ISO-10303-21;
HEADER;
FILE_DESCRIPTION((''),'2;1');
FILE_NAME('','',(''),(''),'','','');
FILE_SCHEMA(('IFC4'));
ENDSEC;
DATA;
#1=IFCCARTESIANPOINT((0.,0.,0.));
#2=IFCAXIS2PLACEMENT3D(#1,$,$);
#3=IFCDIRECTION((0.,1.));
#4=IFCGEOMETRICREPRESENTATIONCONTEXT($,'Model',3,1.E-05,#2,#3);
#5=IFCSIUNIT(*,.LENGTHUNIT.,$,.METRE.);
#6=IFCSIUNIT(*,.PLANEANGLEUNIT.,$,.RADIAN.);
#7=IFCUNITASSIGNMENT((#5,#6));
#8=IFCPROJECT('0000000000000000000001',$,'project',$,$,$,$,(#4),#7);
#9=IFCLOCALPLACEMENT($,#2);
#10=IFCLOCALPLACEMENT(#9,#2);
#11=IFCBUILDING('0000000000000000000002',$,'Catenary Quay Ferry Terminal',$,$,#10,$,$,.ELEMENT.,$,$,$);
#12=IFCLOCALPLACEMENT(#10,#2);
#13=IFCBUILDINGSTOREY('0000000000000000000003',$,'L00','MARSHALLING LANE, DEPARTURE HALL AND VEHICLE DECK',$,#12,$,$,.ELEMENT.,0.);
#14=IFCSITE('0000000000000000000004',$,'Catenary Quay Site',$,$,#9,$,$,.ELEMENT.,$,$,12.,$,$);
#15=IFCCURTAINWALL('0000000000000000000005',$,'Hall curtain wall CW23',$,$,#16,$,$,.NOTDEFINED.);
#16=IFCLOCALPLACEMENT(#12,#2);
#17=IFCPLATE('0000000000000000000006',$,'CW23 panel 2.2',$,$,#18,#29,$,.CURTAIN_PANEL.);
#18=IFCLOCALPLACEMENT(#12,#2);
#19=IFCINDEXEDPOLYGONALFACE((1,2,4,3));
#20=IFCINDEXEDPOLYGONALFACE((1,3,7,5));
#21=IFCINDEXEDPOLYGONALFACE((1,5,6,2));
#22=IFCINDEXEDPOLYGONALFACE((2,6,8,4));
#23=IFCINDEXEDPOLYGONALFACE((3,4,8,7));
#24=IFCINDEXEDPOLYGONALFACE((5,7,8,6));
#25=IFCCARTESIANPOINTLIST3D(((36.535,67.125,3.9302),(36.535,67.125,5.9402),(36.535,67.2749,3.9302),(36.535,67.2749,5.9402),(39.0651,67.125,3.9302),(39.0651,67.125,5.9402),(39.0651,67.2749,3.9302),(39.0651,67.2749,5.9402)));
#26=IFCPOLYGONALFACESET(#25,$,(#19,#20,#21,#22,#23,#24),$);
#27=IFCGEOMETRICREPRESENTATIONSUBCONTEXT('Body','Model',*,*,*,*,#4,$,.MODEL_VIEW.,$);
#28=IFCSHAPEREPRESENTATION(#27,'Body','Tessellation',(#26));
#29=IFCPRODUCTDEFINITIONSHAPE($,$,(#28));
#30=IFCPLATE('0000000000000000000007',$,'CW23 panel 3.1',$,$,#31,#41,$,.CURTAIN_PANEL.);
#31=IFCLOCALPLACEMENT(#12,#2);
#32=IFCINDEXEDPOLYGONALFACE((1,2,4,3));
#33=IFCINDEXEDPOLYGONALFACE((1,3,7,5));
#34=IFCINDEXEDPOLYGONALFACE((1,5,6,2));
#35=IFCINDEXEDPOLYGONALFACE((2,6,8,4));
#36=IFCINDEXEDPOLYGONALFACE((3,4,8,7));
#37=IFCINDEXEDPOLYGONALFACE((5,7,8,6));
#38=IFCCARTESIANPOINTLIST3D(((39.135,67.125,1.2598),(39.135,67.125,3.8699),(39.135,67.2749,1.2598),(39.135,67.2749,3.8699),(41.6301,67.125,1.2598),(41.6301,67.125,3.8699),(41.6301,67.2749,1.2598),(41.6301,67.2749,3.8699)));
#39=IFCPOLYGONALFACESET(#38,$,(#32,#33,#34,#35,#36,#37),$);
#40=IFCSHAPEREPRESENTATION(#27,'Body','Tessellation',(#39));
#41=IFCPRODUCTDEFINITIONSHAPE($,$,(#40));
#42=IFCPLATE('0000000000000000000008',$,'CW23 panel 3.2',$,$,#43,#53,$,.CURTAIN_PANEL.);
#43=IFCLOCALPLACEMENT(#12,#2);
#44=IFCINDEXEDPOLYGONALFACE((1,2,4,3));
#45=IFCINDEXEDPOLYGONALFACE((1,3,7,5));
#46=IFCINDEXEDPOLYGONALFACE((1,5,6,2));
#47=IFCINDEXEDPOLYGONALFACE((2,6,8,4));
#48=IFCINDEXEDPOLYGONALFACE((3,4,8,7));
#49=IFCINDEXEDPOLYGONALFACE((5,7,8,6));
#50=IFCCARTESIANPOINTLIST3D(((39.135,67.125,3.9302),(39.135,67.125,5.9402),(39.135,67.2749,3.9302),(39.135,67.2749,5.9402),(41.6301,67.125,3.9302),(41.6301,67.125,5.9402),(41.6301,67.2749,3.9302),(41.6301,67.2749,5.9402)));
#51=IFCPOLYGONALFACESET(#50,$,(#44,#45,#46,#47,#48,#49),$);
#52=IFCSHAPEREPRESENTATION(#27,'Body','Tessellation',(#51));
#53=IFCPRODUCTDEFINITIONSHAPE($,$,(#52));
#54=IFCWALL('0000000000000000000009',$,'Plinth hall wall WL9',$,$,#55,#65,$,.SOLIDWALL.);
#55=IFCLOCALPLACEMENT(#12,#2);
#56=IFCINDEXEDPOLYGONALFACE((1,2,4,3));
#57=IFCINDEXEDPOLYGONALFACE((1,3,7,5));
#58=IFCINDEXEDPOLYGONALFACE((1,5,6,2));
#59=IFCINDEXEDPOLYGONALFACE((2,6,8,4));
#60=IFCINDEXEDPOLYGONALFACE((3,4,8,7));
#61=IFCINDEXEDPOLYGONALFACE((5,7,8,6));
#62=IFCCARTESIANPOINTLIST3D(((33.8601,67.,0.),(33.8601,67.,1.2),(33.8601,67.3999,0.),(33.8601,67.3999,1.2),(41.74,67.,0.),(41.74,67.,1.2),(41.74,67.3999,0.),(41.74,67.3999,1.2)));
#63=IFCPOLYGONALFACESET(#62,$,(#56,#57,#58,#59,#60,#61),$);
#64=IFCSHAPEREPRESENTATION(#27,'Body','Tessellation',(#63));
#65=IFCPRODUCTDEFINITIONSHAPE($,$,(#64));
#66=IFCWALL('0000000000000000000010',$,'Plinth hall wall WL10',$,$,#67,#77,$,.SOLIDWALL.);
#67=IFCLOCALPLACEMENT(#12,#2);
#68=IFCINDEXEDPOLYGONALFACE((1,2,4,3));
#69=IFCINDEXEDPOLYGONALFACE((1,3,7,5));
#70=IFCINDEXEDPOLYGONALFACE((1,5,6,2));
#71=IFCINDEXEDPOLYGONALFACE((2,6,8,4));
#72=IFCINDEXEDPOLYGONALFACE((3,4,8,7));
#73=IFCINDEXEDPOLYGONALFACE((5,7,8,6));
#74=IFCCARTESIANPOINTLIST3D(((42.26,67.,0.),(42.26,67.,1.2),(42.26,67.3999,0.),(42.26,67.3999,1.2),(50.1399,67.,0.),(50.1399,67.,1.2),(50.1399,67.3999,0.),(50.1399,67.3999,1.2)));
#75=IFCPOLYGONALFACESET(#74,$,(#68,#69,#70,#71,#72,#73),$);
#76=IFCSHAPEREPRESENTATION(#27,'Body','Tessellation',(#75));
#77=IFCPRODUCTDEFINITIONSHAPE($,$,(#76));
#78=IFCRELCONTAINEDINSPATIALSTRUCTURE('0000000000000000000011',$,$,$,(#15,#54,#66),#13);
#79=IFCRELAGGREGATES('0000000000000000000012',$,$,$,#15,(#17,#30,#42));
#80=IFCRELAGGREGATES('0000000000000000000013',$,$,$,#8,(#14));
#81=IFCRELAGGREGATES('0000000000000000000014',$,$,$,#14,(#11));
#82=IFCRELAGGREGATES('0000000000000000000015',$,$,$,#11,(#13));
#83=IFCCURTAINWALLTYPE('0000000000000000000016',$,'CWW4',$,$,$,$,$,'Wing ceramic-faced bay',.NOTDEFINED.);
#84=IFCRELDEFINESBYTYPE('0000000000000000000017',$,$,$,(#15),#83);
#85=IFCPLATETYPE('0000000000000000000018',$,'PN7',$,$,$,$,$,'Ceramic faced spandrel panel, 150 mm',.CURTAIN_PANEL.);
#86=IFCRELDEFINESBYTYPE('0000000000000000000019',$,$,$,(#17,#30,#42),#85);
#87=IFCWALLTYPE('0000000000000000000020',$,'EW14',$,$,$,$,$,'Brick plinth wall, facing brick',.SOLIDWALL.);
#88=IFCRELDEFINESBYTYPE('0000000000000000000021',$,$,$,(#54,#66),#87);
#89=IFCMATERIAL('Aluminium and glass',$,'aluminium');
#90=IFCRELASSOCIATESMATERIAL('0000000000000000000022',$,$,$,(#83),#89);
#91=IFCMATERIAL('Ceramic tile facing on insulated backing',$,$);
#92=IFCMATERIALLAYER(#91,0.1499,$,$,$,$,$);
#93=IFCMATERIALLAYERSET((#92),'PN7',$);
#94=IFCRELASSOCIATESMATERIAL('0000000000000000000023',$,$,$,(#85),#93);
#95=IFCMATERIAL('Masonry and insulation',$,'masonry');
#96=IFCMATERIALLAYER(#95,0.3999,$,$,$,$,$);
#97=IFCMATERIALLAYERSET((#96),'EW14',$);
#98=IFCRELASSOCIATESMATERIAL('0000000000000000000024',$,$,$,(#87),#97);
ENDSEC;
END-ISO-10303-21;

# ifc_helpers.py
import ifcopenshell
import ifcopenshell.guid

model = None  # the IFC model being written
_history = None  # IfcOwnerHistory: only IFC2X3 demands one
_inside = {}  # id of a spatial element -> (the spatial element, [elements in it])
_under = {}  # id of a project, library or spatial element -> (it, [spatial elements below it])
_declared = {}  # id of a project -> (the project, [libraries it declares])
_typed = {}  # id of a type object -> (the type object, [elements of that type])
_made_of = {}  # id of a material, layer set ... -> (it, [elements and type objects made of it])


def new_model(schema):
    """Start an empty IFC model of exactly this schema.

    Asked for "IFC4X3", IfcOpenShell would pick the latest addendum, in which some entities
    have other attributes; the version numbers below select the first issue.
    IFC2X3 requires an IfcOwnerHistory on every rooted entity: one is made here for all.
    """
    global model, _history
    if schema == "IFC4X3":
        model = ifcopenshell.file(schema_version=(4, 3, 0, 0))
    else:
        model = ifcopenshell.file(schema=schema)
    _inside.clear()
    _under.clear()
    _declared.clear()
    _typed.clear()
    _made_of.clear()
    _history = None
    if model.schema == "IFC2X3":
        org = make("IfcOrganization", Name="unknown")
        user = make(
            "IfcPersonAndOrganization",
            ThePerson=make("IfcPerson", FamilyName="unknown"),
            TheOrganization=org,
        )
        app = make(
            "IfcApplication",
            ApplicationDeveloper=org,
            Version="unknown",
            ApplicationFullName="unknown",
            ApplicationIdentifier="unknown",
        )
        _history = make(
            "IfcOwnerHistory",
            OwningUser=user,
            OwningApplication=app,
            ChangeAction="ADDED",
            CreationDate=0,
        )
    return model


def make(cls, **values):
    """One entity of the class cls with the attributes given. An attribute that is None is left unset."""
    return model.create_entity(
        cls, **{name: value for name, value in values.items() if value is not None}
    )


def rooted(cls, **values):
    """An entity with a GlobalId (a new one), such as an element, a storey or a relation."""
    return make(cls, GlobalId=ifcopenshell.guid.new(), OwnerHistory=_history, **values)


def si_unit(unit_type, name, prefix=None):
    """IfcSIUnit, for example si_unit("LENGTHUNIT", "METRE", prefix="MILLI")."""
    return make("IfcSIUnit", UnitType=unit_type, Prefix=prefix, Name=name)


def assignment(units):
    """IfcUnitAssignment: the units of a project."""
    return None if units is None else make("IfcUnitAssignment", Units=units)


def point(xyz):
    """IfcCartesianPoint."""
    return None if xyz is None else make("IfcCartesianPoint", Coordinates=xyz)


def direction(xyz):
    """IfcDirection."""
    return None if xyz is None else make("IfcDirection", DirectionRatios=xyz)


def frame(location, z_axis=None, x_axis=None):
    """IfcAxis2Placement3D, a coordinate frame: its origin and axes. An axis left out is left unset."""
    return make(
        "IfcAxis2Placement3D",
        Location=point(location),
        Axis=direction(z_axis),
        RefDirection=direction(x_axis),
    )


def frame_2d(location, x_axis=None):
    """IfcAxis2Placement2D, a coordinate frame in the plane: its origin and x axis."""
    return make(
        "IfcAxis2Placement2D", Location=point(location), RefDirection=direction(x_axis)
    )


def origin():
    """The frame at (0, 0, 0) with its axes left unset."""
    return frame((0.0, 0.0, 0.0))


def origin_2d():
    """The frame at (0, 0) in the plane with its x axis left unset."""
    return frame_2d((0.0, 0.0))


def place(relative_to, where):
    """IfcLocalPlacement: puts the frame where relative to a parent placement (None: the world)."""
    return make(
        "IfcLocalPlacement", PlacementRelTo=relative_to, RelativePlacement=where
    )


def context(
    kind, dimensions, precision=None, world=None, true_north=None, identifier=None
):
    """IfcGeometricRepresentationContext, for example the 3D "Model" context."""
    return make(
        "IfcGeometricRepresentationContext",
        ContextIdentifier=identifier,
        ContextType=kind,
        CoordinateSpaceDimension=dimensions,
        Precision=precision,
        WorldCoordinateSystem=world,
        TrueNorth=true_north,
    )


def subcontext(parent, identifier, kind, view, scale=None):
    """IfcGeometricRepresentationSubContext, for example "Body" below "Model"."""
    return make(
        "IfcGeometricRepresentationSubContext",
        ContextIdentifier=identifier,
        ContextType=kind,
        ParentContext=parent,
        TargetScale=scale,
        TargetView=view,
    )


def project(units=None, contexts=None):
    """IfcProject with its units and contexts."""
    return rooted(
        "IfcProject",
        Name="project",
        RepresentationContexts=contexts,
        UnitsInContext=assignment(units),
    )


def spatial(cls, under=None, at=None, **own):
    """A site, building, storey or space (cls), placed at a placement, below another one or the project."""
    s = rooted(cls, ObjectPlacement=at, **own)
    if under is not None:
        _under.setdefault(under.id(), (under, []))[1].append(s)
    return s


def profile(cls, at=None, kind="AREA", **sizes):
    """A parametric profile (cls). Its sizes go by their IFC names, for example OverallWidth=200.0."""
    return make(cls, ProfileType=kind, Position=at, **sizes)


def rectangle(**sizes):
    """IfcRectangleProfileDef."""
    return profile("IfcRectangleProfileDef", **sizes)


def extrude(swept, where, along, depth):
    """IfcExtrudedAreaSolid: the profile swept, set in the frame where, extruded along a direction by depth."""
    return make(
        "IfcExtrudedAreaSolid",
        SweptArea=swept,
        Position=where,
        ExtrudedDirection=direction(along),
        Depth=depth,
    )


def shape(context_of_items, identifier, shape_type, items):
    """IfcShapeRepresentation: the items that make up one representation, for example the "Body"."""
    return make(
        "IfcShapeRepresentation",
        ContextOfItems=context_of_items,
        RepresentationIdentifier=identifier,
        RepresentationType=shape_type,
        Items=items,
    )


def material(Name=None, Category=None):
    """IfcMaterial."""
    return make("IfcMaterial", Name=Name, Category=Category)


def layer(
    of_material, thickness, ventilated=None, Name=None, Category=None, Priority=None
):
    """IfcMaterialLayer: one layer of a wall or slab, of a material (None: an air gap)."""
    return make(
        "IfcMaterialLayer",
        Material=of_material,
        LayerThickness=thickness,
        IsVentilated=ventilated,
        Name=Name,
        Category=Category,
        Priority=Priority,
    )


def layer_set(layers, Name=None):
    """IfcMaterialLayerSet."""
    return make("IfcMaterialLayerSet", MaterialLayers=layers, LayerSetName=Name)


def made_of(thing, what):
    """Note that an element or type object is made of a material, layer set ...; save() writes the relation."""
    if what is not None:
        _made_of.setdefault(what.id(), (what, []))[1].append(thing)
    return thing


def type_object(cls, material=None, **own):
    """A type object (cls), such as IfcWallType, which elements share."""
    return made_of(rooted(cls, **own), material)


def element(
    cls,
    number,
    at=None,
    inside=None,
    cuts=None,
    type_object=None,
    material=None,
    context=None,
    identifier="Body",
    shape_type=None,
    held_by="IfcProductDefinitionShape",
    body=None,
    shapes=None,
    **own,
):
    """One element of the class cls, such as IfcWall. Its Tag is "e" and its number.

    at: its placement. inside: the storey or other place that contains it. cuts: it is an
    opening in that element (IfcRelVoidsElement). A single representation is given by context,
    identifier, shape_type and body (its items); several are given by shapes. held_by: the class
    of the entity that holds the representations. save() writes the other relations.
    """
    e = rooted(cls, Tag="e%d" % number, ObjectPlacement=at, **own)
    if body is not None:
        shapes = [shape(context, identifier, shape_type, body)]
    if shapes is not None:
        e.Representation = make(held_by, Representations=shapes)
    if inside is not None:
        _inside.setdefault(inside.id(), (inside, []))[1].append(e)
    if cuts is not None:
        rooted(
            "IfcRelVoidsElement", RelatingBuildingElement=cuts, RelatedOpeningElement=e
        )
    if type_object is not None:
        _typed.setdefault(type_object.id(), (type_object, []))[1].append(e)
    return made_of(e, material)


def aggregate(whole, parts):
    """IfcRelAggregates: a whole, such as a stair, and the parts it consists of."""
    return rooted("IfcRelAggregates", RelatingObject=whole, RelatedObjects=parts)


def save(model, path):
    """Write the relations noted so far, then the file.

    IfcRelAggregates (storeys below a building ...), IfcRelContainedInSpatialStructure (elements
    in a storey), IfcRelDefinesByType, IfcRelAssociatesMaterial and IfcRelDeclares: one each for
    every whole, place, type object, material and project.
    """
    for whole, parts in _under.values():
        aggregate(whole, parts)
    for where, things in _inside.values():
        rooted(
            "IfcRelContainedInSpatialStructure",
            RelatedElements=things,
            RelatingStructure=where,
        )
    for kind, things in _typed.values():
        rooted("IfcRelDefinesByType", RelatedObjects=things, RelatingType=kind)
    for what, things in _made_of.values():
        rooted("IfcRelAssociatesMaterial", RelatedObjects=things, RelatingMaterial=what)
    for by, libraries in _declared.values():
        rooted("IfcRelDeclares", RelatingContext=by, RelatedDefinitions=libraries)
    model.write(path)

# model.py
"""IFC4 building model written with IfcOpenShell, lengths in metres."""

from ifc_helpers import new_model, si_unit, direction, frame, frame_2d, origin, origin_2d, place, context, subcontext, project, spatial, rectangle, extrude, material, layer, layer_set, type_object, element, aggregate, save


model = new_model("IFC4")

# Units and contexts
model_context = context("Model", 3, precision=1e-05, world=origin(), true_north=direction((0.0, 1.0)))
body_context = subcontext(model_context, "Body", "Model", "MODEL_VIEW")
ifc_project = project(units=[si_unit("LENGTHUNIT", "METRE"), si_unit("PLANEANGLEUNIT", "RADIAN")], contexts=[model_context])

# Site, building, storey
site_placement = place(None, origin())
site = spatial("IfcSite", under=ifc_project, at=site_placement, Name="Catenary Quay Site", CompositionType="ELEMENT", RefElevation=12.0)
building_placement = place(site_placement, origin())
building = spatial("IfcBuilding", under=site, at=building_placement, Name="Catenary Quay Ferry Terminal", CompositionType="ELEMENT")
storey_placement = place(building_placement, origin())
storey = spatial("IfcBuildingStorey", under=building, at=storey_placement, Name="L00", Description="MARSHALLING LANE, DEPARTURE HALL AND VEHICLE DECK", CompositionType="ELEMENT", Elevation=0.0)

# Curtain wall
ifc_material_1 = material(Name="Aluminium and glass", Category="aluminium")
curtain_wall_type = type_object("IfcCurtainWallType", Name="CWW4", ElementType="Wing ceramic-faced bay", PredefinedType="NOTDEFINED", material=ifc_material_1)
curtain_wall_1_placement = place(storey_placement, origin())
curtain_wall_1 = element("IfcCurtainWall", 1, at=curtain_wall_1_placement, inside=storey, type_object=curtain_wall_type, Name="Hall curtain wall CW23", PredefinedType="NOTDEFINED")

# Plates
ifc_material_2 = material(Name="Ceramic tile facing on insulated backing")
ifc_layer_1 = layer(ifc_material_2, 0.1499)
ifc_layer_set_1 = layer_set([ifc_layer_1], Name="PN7")
plate_type = type_object("IfcPlateType", Name="PN7", ElementType="Ceramic faced spandrel panel, 150 mm", PredefinedType="CURTAIN_PANEL", material=ifc_layer_set_1)
plate_1_placement = place(storey_placement, frame((37.8, 67.2, 3.9302), z_axis=(0.0, 0.0, 1.0), x_axis=(1.0, 0.0, 0.0)))
plate_1 = element("IfcPlate", 2, at=plate_1_placement, type_object=plate_type, Name="CW23 panel 2.2", PredefinedType="CURTAIN_PANEL", context=body_context, shape_type="SweptSolid", body=[
    extrude(rectangle(XDim=2.53, YDim=0.1499, at=origin_2d()), origin(), (0.0, 0.0, 1.0), 2.01),
])
plate_2_placement = place(storey_placement, frame((40.3826, 67.2, 1.2598), z_axis=(0.0, 0.0, 1.0), x_axis=(1.0, 0.0, 0.0)))
plate_2 = element("IfcPlate", 3, at=plate_2_placement, type_object=plate_type, Name="CW23 panel 3.1", PredefinedType="CURTAIN_PANEL", context=body_context, shape_type="SweptSolid", body=[
    extrude(rectangle(XDim=2.4951, YDim=0.1499, at=origin_2d()), origin(), (0.0, 0.0, 1.0), 2.6101),
])
plate_3_placement = place(storey_placement, frame((40.3826, 67.2, 3.9302), z_axis=(0.0, 0.0, 1.0), x_axis=(1.0, 0.0, 0.0)))
plate_3 = element("IfcPlate", 4, at=plate_3_placement, type_object=plate_type, Name="CW23 panel 3.2", PredefinedType="CURTAIN_PANEL", context=body_context, shape_type="SweptSolid", body=[
    extrude(rectangle(XDim=2.4951, YDim=0.1499, at=origin_2d()), origin(), (0.0, 0.0, 1.0), 2.01),
])
aggregate(curtain_wall_1, [plate_1, plate_2, plate_3])

# Walls
ifc_material_3 = material(Name="Masonry and insulation", Category="masonry")
ifc_layer_2 = layer(ifc_material_3, 0.3999)
ifc_layer_set_2 = layer_set([ifc_layer_2], Name="EW14")
wall_type = type_object("IfcWallType", Name="EW14", ElementType="Brick plinth wall, facing brick", PredefinedType="SOLIDWALL", material=ifc_layer_set_2)
for number, where, z_axis, x_axis, name in (
    (5, (33.8601, 67.2, 0.0), (0.0, 0.0, 1.0), (1.0, 0.0, 0.0), "Plinth hall wall WL9"),
    (6, (42.26, 67.2, 0.0), (0.0, 0.0, 1.0), (1.0, 0.0, 0.0), "Plinth hall wall WL10"),
):
    element("IfcWall", number, at=place(storey_placement, frame(where, z_axis=z_axis, x_axis=x_axis)), inside=storey, type_object=wall_type, Name=name, PredefinedType="SOLIDWALL", context=body_context, shape_type="SweptSolid", body=[
        extrude(rectangle(XDim=7.8799, YDim=0.3999, at=frame_2d((3.9399, 0.0))), origin(), (0.0, 0.0, 1.0), 1.2),
    ])

save(model, "model.ifc")
